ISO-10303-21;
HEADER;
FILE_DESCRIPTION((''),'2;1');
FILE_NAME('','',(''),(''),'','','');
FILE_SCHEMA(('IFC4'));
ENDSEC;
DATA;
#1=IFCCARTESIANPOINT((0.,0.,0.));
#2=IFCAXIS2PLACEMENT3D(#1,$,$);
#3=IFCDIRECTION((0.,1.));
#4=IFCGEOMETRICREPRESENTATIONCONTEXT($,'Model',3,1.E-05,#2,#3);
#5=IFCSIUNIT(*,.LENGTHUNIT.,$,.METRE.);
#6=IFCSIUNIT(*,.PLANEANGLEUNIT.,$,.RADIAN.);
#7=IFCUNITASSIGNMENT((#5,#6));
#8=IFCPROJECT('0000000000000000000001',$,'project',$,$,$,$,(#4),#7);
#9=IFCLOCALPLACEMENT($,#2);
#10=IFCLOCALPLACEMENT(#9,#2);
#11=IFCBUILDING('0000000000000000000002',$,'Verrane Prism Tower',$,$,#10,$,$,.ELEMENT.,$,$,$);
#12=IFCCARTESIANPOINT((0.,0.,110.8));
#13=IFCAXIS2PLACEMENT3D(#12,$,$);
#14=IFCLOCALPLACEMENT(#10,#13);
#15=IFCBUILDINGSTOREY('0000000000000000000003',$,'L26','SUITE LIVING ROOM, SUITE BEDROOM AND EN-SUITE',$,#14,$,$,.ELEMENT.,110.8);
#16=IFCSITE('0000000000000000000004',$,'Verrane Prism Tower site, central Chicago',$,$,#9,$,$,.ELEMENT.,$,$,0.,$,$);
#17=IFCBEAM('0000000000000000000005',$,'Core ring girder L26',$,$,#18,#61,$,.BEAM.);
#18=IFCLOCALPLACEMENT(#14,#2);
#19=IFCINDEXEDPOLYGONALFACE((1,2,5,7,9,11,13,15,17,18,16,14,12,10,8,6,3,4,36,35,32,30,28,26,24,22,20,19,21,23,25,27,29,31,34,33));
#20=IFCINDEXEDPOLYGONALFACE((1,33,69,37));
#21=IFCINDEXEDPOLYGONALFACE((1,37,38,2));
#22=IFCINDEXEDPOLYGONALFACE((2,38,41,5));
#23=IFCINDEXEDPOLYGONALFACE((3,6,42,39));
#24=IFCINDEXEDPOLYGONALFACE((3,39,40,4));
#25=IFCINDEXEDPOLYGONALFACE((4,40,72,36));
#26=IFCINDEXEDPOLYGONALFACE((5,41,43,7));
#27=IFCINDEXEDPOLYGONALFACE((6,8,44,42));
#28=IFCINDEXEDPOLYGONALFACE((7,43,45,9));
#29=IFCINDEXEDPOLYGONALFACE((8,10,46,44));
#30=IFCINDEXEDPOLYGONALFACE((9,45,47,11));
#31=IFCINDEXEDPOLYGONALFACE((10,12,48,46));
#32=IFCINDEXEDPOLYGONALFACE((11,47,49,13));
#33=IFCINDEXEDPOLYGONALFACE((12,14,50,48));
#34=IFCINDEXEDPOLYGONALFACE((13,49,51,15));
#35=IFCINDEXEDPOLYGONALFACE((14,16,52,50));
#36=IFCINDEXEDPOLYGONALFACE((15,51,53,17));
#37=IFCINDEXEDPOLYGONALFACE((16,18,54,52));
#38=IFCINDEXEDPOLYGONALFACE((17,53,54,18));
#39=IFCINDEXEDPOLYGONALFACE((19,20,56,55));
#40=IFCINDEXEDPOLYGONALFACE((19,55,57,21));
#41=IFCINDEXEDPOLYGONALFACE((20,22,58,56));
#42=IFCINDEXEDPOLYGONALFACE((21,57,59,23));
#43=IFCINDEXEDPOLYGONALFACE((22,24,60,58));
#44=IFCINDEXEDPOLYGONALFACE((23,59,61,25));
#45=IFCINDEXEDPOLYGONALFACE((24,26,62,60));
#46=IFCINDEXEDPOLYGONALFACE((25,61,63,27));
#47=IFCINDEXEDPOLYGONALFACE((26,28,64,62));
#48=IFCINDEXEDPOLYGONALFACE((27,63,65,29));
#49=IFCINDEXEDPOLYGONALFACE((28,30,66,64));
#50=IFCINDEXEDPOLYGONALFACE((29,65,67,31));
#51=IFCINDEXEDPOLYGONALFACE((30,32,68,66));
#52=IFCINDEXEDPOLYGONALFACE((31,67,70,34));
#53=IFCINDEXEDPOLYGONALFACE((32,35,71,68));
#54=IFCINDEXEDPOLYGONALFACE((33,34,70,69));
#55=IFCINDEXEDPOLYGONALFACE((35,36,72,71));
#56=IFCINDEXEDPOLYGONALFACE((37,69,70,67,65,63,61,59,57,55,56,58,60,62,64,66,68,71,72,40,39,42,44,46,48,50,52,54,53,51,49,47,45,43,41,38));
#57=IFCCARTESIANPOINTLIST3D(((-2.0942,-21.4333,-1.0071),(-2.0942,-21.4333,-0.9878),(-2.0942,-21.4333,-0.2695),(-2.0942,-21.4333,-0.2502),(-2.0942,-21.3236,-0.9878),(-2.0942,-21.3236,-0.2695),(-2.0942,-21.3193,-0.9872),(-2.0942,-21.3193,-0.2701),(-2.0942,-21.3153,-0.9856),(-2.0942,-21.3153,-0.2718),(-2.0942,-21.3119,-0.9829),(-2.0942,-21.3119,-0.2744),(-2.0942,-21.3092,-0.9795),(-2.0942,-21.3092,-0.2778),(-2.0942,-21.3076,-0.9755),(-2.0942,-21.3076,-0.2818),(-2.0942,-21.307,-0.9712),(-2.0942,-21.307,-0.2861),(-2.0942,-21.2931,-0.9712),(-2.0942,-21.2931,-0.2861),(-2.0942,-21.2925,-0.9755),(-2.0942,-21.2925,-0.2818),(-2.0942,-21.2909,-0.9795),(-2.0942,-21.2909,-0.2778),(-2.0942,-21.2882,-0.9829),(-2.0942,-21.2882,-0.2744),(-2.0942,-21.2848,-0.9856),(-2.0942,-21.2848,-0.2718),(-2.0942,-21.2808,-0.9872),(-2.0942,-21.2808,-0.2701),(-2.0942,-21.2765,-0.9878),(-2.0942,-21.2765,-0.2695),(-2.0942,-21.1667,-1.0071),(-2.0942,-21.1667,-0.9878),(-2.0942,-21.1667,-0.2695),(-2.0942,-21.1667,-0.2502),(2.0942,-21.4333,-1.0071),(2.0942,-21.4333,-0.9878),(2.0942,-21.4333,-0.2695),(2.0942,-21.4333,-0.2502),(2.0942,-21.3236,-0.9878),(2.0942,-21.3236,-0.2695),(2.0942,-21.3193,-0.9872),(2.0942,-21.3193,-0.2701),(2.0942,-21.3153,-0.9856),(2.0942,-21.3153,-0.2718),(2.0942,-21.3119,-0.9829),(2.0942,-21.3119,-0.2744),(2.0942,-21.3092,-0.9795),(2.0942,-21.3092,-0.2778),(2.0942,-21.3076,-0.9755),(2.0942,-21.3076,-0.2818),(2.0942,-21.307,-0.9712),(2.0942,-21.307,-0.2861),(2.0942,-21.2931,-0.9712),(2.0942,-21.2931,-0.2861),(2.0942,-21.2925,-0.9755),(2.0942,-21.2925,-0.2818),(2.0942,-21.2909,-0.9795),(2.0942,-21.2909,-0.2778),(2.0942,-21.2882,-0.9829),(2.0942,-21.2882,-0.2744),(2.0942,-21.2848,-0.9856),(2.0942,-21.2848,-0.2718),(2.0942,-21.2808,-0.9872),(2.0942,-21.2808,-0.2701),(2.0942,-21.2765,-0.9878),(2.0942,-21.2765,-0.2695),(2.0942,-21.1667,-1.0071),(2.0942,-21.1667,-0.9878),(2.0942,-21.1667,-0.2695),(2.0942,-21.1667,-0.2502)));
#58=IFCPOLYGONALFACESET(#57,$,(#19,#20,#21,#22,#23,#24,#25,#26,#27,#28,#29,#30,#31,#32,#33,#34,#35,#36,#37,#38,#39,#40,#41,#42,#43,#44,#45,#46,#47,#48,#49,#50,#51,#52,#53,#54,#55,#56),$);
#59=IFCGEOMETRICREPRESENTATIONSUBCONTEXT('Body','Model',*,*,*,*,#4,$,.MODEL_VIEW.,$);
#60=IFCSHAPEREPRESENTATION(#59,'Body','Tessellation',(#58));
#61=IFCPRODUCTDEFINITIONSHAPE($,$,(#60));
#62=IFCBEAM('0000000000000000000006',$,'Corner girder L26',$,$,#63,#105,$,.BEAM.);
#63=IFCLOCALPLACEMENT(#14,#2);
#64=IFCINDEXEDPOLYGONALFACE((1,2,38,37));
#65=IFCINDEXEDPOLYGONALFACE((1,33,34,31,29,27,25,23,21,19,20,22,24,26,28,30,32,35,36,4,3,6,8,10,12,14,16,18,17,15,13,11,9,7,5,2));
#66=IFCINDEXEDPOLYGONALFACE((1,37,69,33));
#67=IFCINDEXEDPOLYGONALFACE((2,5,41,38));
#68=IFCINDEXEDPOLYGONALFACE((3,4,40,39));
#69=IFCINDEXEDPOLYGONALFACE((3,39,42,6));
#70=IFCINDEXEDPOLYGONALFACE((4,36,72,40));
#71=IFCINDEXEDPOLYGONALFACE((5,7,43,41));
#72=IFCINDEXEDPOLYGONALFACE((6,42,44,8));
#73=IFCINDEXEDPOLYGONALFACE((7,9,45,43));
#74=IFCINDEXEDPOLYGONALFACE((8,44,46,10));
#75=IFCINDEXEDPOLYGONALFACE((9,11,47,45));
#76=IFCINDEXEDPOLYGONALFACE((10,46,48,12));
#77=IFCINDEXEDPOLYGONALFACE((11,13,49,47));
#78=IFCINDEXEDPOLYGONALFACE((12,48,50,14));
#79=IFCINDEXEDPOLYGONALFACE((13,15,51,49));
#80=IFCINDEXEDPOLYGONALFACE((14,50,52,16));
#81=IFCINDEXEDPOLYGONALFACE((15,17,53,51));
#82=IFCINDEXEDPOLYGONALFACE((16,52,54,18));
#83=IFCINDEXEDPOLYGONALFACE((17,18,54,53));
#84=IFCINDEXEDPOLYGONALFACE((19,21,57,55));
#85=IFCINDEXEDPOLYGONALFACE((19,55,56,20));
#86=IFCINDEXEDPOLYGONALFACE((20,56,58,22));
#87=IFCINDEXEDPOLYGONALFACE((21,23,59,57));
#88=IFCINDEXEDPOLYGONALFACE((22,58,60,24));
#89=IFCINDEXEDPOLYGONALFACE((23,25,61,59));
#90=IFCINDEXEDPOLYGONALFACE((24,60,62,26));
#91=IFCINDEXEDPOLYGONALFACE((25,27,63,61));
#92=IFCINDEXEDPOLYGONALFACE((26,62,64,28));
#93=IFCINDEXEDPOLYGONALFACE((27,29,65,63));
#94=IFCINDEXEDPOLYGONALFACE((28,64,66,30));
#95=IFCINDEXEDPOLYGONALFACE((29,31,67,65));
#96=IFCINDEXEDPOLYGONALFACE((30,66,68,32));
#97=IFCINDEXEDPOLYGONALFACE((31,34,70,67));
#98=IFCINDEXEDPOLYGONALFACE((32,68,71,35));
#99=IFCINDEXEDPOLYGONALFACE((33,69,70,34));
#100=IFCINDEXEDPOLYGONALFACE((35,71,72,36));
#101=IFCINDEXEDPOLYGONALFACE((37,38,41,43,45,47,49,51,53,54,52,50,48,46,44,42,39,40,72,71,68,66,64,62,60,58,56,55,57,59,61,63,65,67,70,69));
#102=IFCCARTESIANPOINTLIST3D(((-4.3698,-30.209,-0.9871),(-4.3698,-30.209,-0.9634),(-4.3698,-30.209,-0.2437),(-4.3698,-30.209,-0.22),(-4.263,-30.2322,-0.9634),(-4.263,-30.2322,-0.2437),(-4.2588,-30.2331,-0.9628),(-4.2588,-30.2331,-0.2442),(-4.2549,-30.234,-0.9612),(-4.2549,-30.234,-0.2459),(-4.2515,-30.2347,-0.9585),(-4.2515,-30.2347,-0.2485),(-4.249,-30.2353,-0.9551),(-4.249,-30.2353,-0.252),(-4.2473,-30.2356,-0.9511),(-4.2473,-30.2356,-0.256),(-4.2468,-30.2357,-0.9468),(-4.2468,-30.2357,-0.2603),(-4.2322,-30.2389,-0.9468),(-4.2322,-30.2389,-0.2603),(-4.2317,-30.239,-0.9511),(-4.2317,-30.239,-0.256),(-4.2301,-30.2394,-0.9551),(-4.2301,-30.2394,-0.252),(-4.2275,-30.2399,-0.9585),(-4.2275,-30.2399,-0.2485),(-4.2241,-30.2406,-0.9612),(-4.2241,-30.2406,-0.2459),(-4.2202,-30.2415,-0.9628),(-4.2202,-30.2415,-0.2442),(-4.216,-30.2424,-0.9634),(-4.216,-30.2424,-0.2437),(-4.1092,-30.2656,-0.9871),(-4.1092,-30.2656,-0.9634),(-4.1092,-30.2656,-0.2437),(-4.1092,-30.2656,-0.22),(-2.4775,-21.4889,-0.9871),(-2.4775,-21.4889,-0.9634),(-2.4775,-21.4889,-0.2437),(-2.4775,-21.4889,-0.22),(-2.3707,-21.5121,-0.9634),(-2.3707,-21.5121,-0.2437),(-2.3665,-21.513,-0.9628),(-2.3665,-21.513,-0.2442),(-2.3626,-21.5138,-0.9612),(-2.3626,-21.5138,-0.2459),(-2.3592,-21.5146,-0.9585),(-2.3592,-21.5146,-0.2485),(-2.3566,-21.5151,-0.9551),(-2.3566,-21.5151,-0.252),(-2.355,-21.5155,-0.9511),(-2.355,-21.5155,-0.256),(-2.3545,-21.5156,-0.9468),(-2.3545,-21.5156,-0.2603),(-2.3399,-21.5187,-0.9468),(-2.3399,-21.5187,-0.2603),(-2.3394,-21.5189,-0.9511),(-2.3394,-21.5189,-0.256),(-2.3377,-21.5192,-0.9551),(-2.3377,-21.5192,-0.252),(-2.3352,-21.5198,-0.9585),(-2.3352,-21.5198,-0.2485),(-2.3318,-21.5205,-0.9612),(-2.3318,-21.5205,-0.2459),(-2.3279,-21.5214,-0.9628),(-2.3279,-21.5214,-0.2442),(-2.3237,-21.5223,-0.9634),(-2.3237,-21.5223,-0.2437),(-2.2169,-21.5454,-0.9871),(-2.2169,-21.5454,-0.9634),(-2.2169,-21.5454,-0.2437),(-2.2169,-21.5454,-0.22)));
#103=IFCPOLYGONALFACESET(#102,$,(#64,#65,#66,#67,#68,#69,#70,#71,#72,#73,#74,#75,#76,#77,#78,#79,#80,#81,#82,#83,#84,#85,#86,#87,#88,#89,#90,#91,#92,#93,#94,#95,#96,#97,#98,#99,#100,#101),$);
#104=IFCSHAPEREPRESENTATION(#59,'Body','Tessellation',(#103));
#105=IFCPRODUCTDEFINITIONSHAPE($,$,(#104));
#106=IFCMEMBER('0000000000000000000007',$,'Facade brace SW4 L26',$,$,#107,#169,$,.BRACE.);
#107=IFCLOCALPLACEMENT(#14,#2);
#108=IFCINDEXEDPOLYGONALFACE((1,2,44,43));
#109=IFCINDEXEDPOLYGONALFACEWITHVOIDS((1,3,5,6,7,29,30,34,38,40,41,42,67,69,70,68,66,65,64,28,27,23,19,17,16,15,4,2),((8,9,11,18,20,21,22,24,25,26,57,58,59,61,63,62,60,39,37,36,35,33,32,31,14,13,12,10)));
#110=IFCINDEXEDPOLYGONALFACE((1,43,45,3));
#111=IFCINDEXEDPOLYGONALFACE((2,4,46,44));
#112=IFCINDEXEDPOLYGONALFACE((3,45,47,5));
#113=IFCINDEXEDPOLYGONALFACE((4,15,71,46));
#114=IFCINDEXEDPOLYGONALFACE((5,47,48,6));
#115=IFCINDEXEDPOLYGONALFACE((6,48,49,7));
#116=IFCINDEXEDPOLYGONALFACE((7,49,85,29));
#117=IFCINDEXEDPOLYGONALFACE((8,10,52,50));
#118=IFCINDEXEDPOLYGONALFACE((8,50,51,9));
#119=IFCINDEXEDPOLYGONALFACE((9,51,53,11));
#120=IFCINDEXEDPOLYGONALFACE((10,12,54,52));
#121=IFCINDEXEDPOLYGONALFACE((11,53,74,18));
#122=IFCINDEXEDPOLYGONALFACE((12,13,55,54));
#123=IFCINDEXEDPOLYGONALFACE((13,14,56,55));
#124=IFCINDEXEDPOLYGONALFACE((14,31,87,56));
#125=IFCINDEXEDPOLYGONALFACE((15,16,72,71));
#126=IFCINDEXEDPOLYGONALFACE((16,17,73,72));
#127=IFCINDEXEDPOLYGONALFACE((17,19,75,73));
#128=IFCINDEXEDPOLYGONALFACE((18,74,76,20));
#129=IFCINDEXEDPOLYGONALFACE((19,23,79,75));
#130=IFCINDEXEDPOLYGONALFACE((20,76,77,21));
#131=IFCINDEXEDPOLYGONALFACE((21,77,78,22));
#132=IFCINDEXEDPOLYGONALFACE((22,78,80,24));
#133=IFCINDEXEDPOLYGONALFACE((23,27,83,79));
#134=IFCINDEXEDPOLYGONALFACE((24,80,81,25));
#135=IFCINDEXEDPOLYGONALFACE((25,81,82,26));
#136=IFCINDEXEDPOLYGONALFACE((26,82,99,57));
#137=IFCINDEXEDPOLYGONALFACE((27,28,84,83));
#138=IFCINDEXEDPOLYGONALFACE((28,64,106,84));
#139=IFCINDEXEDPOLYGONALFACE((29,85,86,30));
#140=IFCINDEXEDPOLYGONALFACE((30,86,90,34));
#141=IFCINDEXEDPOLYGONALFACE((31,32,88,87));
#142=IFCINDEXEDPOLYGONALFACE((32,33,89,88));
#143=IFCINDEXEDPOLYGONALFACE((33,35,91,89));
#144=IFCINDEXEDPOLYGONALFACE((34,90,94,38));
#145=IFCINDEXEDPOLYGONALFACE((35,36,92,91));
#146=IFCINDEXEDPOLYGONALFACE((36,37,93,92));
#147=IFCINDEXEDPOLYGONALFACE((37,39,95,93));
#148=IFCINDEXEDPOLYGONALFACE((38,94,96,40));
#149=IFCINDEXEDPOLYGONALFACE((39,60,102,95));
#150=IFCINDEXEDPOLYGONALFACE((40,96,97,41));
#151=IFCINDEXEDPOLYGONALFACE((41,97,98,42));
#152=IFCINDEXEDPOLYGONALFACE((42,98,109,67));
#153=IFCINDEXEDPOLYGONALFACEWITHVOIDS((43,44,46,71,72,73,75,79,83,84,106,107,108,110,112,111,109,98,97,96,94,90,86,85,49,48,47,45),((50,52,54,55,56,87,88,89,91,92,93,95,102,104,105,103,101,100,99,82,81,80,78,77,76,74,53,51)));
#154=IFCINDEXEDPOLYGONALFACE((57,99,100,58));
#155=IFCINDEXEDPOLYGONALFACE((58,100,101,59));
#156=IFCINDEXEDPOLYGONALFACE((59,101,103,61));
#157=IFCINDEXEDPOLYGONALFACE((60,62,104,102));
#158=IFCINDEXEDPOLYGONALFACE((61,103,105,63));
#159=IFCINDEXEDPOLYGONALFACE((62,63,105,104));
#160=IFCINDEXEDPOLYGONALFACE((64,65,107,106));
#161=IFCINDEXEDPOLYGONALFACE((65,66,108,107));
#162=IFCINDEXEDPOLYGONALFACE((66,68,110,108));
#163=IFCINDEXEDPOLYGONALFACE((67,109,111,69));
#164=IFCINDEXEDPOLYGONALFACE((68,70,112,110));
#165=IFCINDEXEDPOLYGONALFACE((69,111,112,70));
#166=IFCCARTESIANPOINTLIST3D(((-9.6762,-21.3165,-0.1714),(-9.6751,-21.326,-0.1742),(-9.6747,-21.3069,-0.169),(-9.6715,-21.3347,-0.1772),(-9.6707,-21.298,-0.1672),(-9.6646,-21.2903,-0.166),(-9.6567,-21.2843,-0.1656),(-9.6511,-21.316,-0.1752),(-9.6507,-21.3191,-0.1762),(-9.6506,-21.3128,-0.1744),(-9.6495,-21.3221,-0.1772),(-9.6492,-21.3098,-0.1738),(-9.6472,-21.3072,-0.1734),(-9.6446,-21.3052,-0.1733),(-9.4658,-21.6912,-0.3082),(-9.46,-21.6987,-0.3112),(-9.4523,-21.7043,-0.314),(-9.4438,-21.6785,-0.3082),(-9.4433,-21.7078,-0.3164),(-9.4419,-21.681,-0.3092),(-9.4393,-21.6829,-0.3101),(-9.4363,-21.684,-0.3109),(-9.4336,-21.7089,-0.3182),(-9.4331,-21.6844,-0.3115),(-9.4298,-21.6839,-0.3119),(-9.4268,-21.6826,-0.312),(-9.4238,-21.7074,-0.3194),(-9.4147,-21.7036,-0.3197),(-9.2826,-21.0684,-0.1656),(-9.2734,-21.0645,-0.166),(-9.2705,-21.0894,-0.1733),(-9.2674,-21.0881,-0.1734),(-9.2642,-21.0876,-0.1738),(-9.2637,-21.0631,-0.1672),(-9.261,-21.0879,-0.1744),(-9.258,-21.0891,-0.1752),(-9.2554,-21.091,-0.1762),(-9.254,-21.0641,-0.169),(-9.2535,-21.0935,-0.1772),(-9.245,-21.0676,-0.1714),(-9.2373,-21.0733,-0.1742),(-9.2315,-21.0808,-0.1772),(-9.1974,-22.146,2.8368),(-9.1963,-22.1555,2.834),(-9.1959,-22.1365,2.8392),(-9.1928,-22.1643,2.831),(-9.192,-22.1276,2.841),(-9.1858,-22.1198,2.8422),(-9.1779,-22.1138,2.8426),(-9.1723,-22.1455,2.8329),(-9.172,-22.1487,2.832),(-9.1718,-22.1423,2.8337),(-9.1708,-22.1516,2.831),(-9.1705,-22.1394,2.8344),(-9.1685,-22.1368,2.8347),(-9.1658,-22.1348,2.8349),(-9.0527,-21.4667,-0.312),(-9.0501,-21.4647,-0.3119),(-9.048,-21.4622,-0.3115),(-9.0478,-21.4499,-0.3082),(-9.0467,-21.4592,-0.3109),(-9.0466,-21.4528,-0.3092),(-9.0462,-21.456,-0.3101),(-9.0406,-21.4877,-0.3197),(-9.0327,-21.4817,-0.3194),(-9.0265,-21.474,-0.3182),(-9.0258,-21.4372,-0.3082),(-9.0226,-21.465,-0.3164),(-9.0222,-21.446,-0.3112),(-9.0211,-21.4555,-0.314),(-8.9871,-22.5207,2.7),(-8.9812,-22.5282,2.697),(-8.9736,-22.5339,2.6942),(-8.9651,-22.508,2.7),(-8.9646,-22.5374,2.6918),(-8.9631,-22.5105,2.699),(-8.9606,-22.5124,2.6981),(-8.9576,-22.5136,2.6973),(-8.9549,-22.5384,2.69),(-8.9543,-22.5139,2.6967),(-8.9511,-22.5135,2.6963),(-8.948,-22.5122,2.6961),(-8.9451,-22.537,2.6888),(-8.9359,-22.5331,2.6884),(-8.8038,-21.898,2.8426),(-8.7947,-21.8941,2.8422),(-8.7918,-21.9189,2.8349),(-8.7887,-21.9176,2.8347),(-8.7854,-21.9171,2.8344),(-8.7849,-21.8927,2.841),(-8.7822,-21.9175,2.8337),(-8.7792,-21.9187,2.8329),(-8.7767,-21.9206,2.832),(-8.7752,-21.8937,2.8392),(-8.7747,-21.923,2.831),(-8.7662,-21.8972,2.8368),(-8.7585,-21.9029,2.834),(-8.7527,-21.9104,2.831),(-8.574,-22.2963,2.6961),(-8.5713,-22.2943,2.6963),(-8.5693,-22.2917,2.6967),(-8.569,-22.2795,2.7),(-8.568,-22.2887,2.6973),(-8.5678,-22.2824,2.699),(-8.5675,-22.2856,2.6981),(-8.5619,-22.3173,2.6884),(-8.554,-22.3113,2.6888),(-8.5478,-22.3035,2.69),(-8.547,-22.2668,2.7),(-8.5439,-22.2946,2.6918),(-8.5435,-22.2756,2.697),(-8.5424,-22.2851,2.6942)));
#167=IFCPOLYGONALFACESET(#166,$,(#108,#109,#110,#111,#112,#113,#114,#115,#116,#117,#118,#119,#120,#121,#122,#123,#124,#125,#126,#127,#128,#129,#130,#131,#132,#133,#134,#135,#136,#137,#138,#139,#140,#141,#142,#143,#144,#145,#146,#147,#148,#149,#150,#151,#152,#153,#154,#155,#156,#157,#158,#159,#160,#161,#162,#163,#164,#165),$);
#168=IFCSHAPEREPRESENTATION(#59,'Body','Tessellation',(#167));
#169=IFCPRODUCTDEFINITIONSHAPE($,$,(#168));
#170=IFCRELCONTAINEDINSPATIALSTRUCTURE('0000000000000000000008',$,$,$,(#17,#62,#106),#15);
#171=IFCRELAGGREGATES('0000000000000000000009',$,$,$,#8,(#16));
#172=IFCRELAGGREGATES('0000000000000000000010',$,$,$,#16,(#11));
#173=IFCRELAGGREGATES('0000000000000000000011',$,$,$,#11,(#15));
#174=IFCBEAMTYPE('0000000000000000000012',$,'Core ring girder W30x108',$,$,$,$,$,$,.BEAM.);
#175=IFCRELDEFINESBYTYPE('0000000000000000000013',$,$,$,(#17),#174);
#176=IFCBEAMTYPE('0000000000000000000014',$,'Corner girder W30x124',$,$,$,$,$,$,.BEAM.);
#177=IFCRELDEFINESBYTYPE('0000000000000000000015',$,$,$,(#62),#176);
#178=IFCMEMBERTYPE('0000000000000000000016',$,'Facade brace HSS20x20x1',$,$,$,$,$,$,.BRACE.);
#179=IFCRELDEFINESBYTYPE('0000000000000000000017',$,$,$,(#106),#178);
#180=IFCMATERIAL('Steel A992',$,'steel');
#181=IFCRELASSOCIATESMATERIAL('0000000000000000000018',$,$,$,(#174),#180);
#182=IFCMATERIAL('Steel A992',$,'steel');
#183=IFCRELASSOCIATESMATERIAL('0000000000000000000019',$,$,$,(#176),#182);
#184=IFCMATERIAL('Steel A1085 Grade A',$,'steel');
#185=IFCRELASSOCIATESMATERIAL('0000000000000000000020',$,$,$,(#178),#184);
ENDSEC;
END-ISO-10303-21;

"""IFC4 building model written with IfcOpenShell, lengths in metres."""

from ifc_helpers import new_model, si_unit, direction, frame, origin, origin_2d, place, context, subcontext, project, spatial, hollow_rectangle, i_section, extrude, material, material_profile, profile_set, type_object, element, save


model = new_model("IFC4")

# Units and contexts
model_context = context("Model", 3, precision=1e-05, world=origin(), true_north=direction((0.0, 1.0)))
body_context = subcontext(model_context, "Body", "Model", "MODEL_VIEW")
ifc_project = project(units=[si_unit("LENGTHUNIT", "METRE"), si_unit("PLANEANGLEUNIT", "RADIAN")], contexts=[model_context])

# Site, building, storey
site_placement = place(None, origin())
site = spatial("IfcSite", under=ifc_project, at=site_placement, Name="Verrane Prism Tower site, central Chicago", CompositionType="ELEMENT", RefElevation=0.0)
building_placement = place(site_placement, origin())
building = spatial("IfcBuilding", under=site, at=building_placement, Name="Verrane Prism Tower", CompositionType="ELEMENT")
storey_placement = place(building_placement, frame((0.0, 0.0, 110.8)))
storey = spatial("IfcBuildingStorey", under=building, at=storey_placement, Name="L26", Description="SUITE LIVING ROOM, SUITE BEDROOM AND EN-SUITE", CompositionType="ELEMENT", Elevation=110.8)

# Beams
ifc_material_1 = material(Name="Steel A992", Category="steel")
ifc_material_profile_1 = material_profile(ifc_material_1, i_section(OverallWidth=0.2666, OverallDepth=0.7568, WebThickness=0.0139, FlangeThickness=0.0193, FilletRadius=0.0166, at=origin_2d()), Name="W30x108")
ifc_profile_set_1 = profile_set([ifc_material_profile_1], Name="Steel A992")
beam_type_1 = type_object("IfcBeamType", Name="Core ring girder W30x108", PredefinedType="BEAM", material=ifc_profile_set_1)
beam_1_placement = place(storey_placement, frame((-2.0942, -21.3, -0.6287), z_axis=(1.0, 0.0, 0.0), x_axis=(0.0, 1.0, 0.0)))
element("IfcBeam", 1, at=beam_1_placement, inside=storey, type_object=beam_type_1, Name="Core ring girder L26", PredefinedType="BEAM", context=body_context, shape_type="SweptSolid", body=[
    extrude(i_section(OverallWidth=0.2666, OverallDepth=0.7568, WebThickness=0.0139, FlangeThickness=0.0193, FilletRadius=0.0166, at=origin_2d()), origin(), (0.0, 0.0, 1.0), 4.1885),
])
ifc_material_2 = material(Name="Steel A992", Category="steel")
ifc_material_profile_2 = material_profile(ifc_material_2, i_section(OverallWidth=0.2666, OverallDepth=0.7671, WebThickness=0.0149, FlangeThickness=0.0237, FilletRadius=0.0166, at=origin_2d()), Name="W30x124")
ifc_profile_set_2 = profile_set([ifc_material_profile_2], Name="Steel A992")
beam_type_2 = type_object("IfcBeamType", Name="Corner girder W30x124", PredefinedType="BEAM", material=ifc_profile_set_2)
beam_2_placement = place(storey_placement, frame((-4.2395, -30.2373, -0.6035), z_axis=(0.21207, 0.977255, 0.0), x_axis=(-0.977255, 0.21207, 0.0)))
element("IfcBeam", 2, at=beam_2_placement, inside=storey, type_object=beam_type_2, Name="Corner girder L26", PredefinedType="BEAM", context=body_context, shape_type="SweptSolid", body=[
    extrude(i_section(OverallWidth=0.2666, OverallDepth=0.7671, WebThickness=0.0149, FlangeThickness=0.0237, FilletRadius=0.0166, at=origin_2d()), origin(), (0.0, 0.0, 1.0), 8.9231),
])

# Member
ifc_material_3 = material(Name="Steel A1085 Grade A", Category="steel")
ifc_material_profile_3 = material_profile(ifc_material_3, hollow_rectangle(XDim=0.5081, YDim=0.5081, WallThickness=0.0254, InnerFilletRadius=0.0127, OuterFilletRadius=0.0381, at=origin_2d()), Name="HSS20x20x1")
ifc_profile_set_3 = profile_set([ifc_material_profile_3], Name="Steel A1085 Grade A")
member_type_1 = type_object("IfcMemberType", Name="Facade brace HSS20x20x1", PredefinedType="BRACE", material=ifc_profile_set_3)
for number, where, z_axis, x_axis, name in (
    (3, (-9.3486, -21.386, -0.2427), (0.151645, -0.262769, 0.952867), (0.866118, 0.49984, 0.0), "Facade brace SW4 L26"),
):
    element("IfcMember", number, at=place(storey_placement, frame(where, z_axis=z_axis, x_axis=x_axis)), inside=storey, type_object=member_type_1, Name=name, PredefinedType="BRACE", context=body_context, shape_type="SweptSolid", body=[
        extrude(hollow_rectangle(XDim=0.5081, YDim=0.5081, WallThickness=0.0254, InnerFilletRadius=0.0127, OuterFilletRadius=0.0381, at=origin_2d()), origin(), (0.0, 0.0, 1.0), 3.157),
    ])

save(model, "model.ifc")
